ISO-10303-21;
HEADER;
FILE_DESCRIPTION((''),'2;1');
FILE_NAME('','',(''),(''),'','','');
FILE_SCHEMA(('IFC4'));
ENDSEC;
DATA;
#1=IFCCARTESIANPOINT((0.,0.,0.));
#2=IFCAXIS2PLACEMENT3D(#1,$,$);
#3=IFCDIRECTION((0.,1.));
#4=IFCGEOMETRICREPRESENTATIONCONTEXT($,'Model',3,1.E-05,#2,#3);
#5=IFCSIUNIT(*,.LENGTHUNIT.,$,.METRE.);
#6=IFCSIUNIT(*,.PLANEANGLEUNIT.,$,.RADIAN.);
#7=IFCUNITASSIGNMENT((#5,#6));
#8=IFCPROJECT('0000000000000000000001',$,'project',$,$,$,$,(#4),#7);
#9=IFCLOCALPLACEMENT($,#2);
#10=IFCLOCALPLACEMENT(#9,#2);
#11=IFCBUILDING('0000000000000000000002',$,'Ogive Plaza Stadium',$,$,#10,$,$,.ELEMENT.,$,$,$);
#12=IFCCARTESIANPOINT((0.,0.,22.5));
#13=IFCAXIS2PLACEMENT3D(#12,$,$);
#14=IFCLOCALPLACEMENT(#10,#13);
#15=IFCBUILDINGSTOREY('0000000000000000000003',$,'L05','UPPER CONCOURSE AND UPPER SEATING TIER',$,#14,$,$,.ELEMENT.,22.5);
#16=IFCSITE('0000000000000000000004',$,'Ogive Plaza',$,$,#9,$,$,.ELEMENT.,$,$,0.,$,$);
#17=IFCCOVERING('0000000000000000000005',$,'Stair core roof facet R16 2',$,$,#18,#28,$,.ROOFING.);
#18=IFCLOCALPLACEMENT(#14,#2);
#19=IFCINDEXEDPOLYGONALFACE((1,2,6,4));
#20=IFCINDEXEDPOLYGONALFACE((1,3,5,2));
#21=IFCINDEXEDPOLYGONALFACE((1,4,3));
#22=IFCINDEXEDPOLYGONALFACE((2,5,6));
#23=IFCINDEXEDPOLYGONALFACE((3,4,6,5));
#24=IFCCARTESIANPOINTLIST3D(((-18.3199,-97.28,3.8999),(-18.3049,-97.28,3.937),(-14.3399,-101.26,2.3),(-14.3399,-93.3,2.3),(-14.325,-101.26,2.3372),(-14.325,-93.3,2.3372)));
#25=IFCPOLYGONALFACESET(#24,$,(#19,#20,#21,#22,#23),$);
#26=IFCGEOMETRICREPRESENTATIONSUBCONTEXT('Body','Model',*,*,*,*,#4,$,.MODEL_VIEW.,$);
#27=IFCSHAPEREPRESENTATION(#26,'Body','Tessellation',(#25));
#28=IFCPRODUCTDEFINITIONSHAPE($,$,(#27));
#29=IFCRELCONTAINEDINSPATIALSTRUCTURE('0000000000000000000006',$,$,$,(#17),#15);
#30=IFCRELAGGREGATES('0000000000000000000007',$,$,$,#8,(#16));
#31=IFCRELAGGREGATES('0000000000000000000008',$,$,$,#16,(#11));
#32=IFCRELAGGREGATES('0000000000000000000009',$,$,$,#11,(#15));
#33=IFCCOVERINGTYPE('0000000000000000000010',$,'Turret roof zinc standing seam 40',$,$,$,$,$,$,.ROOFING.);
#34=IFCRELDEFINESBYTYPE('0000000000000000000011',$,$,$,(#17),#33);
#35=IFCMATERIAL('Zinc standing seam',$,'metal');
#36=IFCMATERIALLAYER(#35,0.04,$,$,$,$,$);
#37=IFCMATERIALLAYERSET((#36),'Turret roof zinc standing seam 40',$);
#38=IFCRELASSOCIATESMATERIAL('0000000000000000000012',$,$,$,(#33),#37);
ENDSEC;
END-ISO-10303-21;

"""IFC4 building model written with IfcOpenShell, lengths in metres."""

from ifc_helpers import new_model, si_unit, direction, frame, origin, place, context, subcontext, project, spatial, polyline, outline, extrude, material, layer, layer_set, type_object, element, save


model = new_model("IFC4")

# Units and contexts
model_context = context("Model", 3, precision=1e-05, world=origin(), true_north=direction((0.0, 1.0)))
body_context = subcontext(model_context, "Body", "Model", "MODEL_VIEW")
ifc_project = project(units=[si_unit("LENGTHUNIT", "METRE"), si_unit("PLANEANGLEUNIT", "RADIAN")], contexts=[model_context])

# Site, building, storey
site_placement = place(None, origin())
site = spatial("IfcSite", under=ifc_project, at=site_placement, Name="Ogive Plaza", CompositionType="ELEMENT", RefElevation=0.0)
building_placement = place(site_placement, origin())
building = spatial("IfcBuilding", under=site, at=building_placement, Name="Ogive Plaza Stadium", CompositionType="ELEMENT")
storey_placement = place(building_placement, frame((0.0, 0.0, 22.5)))
storey = spatial("IfcBuildingStorey", under=building, at=storey_placement, Name="L05", Description="UPPER CONCOURSE AND UPPER SEATING TIER", CompositionType="ELEMENT", Elevation=22.5)

# Covering
ifc_material_1 = material(Name="Zinc standing seam", Category="metal")
ifc_layer_1 = layer(ifc_material_1, 0.04)
ifc_layer_set_1 = layer_set([ifc_layer_1], Name="Turret roof zinc standing seam 40")
covering_type_1 = type_object("IfcCoveringType", Name="Turret roof zinc standing seam 40", PredefinedType="ROOFING", material=ifc_layer_set_1)
covering_1_placement = place(storey_placement, frame((-14.325, -101.26, 2.3372), z_axis=(0.37297, 0.0, 0.927843), x_axis=(0.0, 1.0, 0.0)))
element("IfcCovering", 1, at=covering_1_placement, inside=storey, type_object=covering_type_1, Name="Stair core roof facet R16 2", PredefinedType="ROOFING", context=body_context, shape_type="SweptSolid", body=[
    extrude(outline(polyline([(0.0, 0.0), (7.96, 0.0), (3.98, 4.2895), (0.0, 0.0)])), origin(), (0.0, 0.0, -1.0), 0.04),
])

save(model, "model.ifc")
